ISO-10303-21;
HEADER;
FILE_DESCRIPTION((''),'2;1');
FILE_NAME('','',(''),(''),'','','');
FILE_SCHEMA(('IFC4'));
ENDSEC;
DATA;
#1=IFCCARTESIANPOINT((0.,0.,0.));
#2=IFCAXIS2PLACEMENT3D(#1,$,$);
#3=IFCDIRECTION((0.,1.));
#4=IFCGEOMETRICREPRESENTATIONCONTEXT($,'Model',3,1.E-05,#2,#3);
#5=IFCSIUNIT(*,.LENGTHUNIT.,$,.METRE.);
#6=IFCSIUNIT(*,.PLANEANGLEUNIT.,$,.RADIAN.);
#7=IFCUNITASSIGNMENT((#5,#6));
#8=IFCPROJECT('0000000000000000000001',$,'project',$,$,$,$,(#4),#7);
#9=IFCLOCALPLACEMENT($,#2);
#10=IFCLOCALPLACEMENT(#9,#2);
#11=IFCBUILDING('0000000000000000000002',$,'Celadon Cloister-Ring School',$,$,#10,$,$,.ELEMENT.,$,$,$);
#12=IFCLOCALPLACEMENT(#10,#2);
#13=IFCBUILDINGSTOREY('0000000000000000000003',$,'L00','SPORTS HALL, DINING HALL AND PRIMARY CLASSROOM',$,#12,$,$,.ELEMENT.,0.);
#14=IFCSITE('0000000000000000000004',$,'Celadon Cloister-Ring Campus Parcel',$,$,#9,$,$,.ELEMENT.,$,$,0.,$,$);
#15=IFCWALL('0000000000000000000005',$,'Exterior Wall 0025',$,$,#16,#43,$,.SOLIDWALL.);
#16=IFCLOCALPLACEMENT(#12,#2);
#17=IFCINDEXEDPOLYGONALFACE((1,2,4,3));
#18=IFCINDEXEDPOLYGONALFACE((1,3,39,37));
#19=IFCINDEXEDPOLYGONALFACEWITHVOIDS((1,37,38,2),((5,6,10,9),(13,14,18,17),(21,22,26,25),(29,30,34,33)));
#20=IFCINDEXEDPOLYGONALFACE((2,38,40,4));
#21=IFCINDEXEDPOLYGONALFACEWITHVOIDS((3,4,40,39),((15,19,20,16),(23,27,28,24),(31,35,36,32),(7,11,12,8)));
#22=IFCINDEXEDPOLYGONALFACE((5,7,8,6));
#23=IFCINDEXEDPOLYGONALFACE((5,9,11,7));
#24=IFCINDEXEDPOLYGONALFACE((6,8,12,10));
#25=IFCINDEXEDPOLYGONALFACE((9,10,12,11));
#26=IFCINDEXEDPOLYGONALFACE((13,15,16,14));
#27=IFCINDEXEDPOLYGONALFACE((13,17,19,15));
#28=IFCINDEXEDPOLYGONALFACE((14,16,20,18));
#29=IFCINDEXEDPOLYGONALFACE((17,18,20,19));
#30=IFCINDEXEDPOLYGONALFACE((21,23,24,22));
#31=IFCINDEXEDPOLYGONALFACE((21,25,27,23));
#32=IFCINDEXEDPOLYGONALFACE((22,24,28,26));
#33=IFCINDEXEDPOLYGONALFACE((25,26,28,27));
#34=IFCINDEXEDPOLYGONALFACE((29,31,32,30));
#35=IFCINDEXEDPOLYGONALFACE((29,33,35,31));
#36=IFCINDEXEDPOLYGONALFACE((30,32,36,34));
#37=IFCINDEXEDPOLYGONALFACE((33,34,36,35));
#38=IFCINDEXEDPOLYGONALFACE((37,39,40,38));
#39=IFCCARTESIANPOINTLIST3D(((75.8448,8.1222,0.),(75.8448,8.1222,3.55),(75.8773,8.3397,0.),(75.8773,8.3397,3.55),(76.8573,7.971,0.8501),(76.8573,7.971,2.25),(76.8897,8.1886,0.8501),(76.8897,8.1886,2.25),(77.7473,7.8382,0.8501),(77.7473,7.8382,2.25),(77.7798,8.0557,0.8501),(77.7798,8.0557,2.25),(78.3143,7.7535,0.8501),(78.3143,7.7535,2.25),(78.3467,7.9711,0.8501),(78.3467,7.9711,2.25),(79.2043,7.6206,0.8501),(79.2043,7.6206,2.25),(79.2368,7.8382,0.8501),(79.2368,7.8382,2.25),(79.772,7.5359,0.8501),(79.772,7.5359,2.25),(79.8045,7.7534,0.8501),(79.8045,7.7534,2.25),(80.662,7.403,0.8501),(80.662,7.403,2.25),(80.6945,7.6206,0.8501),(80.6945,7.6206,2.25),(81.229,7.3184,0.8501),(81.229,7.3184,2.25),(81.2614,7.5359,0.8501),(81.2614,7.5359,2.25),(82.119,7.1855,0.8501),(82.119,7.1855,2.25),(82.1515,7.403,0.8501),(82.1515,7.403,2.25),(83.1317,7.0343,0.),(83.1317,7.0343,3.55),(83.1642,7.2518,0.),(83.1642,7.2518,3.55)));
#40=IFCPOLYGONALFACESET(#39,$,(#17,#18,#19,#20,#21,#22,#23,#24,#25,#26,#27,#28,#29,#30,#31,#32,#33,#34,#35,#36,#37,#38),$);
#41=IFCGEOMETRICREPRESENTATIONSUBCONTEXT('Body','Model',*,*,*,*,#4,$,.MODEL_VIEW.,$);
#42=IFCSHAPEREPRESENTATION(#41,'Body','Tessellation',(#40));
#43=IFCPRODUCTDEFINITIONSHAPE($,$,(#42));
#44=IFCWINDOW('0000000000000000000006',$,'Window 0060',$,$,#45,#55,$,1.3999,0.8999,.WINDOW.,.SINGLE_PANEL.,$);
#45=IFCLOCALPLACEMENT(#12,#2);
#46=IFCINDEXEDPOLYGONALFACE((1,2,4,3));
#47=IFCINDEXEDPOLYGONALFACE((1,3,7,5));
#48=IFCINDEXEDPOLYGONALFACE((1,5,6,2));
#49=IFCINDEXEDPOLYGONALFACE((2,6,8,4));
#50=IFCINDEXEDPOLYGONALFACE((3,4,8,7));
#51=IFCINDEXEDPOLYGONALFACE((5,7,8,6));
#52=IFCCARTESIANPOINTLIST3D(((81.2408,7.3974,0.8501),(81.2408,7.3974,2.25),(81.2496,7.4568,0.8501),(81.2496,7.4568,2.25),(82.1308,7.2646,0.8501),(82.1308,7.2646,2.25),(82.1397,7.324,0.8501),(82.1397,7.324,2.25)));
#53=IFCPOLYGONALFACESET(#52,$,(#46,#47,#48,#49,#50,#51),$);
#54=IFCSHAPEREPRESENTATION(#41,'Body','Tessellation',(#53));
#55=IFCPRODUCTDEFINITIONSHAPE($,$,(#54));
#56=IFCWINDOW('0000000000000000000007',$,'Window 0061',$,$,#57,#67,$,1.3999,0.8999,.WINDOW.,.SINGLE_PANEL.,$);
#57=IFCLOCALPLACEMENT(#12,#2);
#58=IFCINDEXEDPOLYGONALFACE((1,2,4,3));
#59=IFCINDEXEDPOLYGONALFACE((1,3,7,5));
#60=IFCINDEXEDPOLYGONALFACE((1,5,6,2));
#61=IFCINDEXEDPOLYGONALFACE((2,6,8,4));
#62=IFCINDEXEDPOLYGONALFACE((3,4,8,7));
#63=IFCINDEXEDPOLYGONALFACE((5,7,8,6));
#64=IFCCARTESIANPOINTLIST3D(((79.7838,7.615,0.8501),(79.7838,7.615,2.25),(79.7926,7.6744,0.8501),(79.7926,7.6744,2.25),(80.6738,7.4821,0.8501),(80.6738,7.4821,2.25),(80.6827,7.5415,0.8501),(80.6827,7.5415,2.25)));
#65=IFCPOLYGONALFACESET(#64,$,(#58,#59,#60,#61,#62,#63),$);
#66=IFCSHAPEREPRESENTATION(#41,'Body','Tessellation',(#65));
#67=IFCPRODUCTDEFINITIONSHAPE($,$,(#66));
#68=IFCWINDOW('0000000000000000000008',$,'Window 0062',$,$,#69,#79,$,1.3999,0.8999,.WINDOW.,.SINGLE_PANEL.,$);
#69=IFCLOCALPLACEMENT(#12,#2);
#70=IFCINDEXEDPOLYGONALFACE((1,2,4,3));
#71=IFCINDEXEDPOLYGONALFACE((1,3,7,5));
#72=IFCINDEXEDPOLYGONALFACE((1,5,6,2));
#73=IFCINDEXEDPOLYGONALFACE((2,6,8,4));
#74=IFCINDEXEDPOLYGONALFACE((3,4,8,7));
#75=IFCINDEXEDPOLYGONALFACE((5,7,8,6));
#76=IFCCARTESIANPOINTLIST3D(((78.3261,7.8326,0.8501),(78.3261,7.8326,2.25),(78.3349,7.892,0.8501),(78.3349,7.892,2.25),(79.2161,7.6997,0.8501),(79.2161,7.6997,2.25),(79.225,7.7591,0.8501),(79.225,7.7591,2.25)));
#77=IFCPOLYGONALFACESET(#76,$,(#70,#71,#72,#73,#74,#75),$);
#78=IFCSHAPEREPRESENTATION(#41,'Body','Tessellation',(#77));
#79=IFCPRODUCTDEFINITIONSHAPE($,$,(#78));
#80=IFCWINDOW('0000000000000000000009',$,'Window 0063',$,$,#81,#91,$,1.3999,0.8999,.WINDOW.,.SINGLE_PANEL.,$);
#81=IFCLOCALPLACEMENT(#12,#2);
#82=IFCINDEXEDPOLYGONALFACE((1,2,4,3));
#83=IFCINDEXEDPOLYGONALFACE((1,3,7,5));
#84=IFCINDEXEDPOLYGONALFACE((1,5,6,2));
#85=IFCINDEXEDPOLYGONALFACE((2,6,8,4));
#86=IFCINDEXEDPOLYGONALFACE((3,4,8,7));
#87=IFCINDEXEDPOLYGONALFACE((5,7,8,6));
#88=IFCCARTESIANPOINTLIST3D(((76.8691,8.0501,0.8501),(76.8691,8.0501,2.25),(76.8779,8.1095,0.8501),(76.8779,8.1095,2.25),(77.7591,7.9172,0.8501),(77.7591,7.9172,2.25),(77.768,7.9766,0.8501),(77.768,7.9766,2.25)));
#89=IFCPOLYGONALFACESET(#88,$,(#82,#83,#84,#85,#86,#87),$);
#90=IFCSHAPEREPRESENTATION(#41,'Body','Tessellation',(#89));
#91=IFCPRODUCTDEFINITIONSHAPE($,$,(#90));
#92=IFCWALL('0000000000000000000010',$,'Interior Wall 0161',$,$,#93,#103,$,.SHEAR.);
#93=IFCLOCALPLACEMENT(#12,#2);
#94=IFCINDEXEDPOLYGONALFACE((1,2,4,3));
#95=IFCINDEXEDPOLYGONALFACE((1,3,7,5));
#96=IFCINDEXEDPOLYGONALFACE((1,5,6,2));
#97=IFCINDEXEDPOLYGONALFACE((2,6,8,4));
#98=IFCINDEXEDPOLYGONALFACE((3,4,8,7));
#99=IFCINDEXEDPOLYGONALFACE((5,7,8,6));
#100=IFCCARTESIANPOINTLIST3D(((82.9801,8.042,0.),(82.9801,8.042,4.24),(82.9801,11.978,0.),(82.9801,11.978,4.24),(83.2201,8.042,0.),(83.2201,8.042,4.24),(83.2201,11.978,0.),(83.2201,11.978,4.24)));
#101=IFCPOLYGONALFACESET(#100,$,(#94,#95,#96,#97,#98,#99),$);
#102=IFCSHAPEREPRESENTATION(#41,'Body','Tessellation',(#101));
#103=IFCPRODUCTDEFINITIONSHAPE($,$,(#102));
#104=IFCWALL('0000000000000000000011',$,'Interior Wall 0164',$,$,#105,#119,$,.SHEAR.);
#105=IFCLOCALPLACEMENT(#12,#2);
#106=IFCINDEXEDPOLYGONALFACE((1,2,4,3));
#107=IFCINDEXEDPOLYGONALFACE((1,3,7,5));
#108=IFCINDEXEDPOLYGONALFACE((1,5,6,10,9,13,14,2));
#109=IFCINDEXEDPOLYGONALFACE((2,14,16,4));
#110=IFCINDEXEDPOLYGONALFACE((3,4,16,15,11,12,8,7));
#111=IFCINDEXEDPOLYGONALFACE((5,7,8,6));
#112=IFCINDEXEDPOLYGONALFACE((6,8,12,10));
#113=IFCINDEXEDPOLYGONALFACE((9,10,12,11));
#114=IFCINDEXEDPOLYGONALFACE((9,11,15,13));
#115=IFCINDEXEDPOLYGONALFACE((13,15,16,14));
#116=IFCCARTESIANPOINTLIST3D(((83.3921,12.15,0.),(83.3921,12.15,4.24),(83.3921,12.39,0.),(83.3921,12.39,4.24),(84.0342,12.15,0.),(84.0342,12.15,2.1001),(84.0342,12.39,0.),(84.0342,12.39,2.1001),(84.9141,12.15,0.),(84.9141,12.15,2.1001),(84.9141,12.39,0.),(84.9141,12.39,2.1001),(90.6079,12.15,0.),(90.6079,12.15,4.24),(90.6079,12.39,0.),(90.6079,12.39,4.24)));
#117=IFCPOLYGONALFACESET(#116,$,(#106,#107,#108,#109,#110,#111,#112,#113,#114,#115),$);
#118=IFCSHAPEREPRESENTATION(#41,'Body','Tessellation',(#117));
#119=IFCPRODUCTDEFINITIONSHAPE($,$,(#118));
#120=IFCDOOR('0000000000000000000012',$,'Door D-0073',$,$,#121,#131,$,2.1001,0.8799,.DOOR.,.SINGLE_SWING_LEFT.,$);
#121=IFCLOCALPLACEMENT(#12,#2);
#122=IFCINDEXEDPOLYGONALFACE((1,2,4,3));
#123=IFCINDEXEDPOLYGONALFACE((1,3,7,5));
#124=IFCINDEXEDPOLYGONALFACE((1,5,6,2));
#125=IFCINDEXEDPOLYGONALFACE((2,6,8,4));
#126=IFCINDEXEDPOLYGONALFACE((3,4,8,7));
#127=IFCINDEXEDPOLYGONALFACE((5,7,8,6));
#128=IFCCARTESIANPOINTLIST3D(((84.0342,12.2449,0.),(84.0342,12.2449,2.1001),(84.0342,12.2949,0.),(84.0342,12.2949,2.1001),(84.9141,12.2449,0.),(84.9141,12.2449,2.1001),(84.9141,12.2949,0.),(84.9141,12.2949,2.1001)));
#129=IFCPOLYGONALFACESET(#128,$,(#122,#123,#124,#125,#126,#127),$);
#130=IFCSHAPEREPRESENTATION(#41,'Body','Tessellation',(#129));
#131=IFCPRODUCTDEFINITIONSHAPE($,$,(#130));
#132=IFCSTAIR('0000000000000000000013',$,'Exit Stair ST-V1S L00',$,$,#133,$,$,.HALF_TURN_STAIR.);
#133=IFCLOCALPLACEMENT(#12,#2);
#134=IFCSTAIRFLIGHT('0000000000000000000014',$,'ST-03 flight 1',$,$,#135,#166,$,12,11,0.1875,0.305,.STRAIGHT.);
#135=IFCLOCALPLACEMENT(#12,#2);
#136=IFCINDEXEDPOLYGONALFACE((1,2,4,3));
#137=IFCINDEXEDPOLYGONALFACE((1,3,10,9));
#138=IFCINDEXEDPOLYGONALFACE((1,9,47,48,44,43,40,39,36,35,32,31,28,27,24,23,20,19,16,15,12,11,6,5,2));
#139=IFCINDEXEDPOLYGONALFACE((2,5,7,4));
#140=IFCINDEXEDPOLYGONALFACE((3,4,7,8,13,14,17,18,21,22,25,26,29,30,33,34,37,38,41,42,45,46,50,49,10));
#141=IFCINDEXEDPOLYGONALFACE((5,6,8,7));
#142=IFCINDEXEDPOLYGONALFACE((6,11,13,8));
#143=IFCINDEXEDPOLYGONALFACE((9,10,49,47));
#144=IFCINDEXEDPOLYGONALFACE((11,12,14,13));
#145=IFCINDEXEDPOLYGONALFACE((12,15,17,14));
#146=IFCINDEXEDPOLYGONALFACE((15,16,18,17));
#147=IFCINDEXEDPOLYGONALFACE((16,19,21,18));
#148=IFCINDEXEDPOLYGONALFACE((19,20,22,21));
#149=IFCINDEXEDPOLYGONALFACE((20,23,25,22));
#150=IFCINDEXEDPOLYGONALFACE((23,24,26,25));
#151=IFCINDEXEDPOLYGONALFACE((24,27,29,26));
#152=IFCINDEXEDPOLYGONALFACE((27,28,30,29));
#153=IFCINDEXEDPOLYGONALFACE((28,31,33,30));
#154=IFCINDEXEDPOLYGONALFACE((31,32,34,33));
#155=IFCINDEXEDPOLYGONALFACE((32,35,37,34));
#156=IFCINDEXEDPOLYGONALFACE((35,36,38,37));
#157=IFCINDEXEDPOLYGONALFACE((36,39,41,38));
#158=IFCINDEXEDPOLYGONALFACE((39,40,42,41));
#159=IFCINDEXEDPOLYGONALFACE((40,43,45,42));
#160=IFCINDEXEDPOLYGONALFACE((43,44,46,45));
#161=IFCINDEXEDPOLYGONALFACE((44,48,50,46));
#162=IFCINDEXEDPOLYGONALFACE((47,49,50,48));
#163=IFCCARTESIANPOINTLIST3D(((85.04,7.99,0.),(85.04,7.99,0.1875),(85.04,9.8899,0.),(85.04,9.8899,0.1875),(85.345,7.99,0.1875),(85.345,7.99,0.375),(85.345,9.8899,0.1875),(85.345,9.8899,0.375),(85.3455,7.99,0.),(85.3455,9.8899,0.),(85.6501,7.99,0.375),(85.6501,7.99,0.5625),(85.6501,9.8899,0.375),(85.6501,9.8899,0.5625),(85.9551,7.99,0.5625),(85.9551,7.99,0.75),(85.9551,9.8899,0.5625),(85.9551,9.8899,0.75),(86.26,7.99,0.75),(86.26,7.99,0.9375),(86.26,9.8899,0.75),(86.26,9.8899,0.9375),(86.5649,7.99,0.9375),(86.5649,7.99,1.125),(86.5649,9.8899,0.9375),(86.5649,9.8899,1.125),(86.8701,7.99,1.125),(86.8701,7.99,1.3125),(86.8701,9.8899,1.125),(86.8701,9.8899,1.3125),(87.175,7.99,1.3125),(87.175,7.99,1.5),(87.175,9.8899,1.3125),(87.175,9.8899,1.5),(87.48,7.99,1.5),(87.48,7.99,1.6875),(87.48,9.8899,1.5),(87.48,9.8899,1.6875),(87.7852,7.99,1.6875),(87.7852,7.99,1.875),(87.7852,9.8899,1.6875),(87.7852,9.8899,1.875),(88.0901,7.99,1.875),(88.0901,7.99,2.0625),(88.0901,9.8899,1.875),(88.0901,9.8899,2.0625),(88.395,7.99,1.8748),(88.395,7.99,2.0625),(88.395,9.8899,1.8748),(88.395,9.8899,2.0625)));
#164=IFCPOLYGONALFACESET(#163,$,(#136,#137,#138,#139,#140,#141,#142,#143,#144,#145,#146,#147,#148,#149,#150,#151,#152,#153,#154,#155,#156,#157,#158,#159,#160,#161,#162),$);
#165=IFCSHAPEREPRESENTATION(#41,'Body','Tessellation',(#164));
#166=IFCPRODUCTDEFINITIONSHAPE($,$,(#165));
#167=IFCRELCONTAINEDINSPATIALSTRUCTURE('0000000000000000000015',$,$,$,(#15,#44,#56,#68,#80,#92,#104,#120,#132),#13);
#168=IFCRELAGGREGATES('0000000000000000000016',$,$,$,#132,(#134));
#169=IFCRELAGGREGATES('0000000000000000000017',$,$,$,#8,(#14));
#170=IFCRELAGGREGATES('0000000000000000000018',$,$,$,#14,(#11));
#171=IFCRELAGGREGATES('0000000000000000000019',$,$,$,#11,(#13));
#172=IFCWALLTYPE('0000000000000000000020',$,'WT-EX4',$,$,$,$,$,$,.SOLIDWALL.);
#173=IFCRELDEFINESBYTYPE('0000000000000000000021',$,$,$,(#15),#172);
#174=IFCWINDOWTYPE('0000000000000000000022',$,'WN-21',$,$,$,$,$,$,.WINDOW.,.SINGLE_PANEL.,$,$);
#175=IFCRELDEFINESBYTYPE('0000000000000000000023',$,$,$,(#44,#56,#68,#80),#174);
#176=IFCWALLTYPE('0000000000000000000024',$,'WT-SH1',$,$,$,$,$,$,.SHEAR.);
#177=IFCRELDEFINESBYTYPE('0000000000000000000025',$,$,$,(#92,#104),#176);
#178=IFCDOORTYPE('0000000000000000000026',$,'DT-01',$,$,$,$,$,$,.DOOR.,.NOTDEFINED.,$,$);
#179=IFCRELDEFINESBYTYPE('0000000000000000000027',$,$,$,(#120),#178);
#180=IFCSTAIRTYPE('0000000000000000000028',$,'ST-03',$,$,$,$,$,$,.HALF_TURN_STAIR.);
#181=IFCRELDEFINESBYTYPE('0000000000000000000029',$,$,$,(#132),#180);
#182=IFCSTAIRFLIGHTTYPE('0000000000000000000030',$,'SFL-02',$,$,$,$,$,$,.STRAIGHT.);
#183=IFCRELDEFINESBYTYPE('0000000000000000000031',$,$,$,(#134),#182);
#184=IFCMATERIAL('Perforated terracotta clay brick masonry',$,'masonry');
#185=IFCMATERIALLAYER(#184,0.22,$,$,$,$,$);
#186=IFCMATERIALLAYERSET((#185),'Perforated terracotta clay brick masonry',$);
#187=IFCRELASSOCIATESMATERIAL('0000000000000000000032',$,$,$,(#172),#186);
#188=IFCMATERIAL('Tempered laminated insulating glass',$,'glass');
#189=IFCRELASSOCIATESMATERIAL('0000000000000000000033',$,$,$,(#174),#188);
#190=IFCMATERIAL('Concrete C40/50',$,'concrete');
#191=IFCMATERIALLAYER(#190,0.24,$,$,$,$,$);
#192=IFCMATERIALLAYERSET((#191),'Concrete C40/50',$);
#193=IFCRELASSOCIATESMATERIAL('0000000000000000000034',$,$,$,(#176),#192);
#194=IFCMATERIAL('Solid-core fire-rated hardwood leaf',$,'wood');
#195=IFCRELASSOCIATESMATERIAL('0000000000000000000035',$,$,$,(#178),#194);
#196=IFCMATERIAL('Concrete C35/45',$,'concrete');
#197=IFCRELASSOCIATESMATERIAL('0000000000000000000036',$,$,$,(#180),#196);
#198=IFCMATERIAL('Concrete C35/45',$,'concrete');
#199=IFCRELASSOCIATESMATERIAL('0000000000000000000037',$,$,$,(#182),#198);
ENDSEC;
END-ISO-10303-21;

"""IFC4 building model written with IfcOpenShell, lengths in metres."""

from ifc_helpers import new_model, si_unit, direction, frame, frame_2d, origin, place, context, subcontext, project, spatial, polyline, rectangle, outline, extrude, material, layer, layer_set, type_object, element, fill, aggregate, save


model = new_model("IFC4")

# Units and contexts
model_context = context("Model", 3, precision=1e-05, world=origin(), true_north=direction((0.0, 1.0)))
body_context = subcontext(model_context, "Body", "Model", "MODEL_VIEW")
ifc_project = project(units=[si_unit("LENGTHUNIT", "METRE"), si_unit("PLANEANGLEUNIT", "RADIAN")], contexts=[model_context])

# Site, building, storey
site_placement = place(None, origin())
site = spatial("IfcSite", under=ifc_project, at=site_placement, Name="Celadon Cloister-Ring Campus Parcel", CompositionType="ELEMENT", RefElevation=0.0)
building_placement = place(site_placement, origin())
building = spatial("IfcBuilding", under=site, at=building_placement, Name="Celadon Cloister-Ring School", CompositionType="ELEMENT")
storey_placement = place(building_placement, origin())
storey = spatial("IfcBuildingStorey", under=building, at=storey_placement, Name="L00", Description="SPORTS HALL, DINING HALL AND PRIMARY CLASSROOM", CompositionType="ELEMENT", Elevation=0.0)

# Wall, openings, windows
ifc_material_1 = material(Name="Perforated terracotta clay brick masonry", Category="masonry")
ifc_layer_1 = layer(ifc_material_1, 0.22)
ifc_layer_set_1 = layer_set([ifc_layer_1], Name="Perforated terracotta clay brick masonry")
wall_type_1 = type_object("IfcWallType", Name="WT-EX4", PredefinedType="SOLIDWALL", material=ifc_layer_set_1)
wall_1_placement = place(storey_placement, frame((83.1479, 7.1431, 0.0), z_axis=(0.0, 0.0, 1.0), x_axis=(-0.989038, 0.147658, 0.0)))
wall_1 = element("IfcWall", 1, at=wall_1_placement, inside=storey, type_object=wall_type_1, Name="Exterior Wall 0025", PredefinedType="SOLIDWALL", context=body_context, shape_type="SweptSolid", body=[
    extrude(rectangle(XDim=7.3677, YDim=0.22, at=frame_2d((3.6838, 0.0))), origin(), (0.0, 0.0, 1.0), 3.55),
])
opening_1_placement = place(wall_1_placement, frame((1.0239, 0.0, 0.8501)))
opening_1 = element("IfcOpeningElement", 2, at=opening_1_placement, cuts=wall_1, PredefinedType="OPENING", context=body_context, shape_type="SweptSolid", body=[
    extrude(rectangle(XDim=0.8999, YDim=1.3999, at=frame_2d((0.45, 0.7))), frame((0.0, 0.1201, 0.0), z_axis=(0.0, -1.0, 0.0), x_axis=(1.0, 0.0, 0.0)), (0.0, 0.0, 1.0), 0.24),
])
opening_2_placement = place(wall_1_placement, frame((2.4971, 0.0, 0.8501)))
opening_2 = element("IfcOpeningElement", 3, at=opening_2_placement, cuts=wall_1, PredefinedType="OPENING", context=body_context, shape_type="SweptSolid", body=[
    extrude(rectangle(XDim=0.8999, YDim=1.3999, at=frame_2d((0.45, 0.7))), frame((0.0, 0.1201, 0.0), z_axis=(0.0, -1.0, 0.0), x_axis=(1.0, 0.0, 0.0)), (0.0, 0.0, 1.0), 0.24),
])
opening_3_placement = place(wall_1_placement, frame((3.9709, 0.0, 0.8501)))
opening_3 = element("IfcOpeningElement", 4, at=opening_3_placement, cuts=wall_1, PredefinedType="OPENING", context=body_context, shape_type="SweptSolid", body=[
    extrude(rectangle(XDim=0.8999, YDim=1.3999, at=frame_2d((0.45, 0.7))), frame((0.0, 0.1201, 0.0), z_axis=(0.0, -1.0, 0.0), x_axis=(1.0, 0.0, 0.0)), (0.0, 0.0, 1.0), 0.24),
])
opening_4_placement = place(wall_1_placement, frame((5.4441, 0.0, 0.8501)))
opening_4 = element("IfcOpeningElement", 5, at=opening_4_placement, cuts=wall_1, PredefinedType="OPENING", context=body_context, shape_type="SweptSolid", body=[
    extrude(rectangle(XDim=0.8999, YDim=1.3999, at=frame_2d((0.45, 0.7))), frame((0.0, 0.1201, 0.0), z_axis=(0.0, -1.0, 0.0), x_axis=(1.0, 0.0, 0.0)), (0.0, 0.0, 1.0), 0.24),
])
ifc_material_2 = material(Name="Tempered laminated insulating glass", Category="glass")
window_type = type_object("IfcWindowType", Name="WN-21", PartitioningType="SINGLE_PANEL", PredefinedType="WINDOW", material=ifc_material_2)
window_1_placement = place(opening_1_placement, origin())
window_1 = element("IfcWindow", 6, at=window_1_placement, inside=storey, type_object=window_type, Name="Window 0060", OverallHeight=1.3999, OverallWidth=0.8999, PartitioningType="SINGLE_PANEL", PredefinedType="WINDOW", context=body_context, shape_type="SweptSolid", body=[
    extrude(rectangle(XDim=0.8999, YDim=1.3999, at=frame_2d((0.45, 0.7))), frame((0.0, 0.03, 0.0), z_axis=(0.0, -1.0, 0.0), x_axis=(1.0, 0.0, 0.0)), (0.0, 0.0, 1.0), 0.0601),
])
fill(opening_1, window_1)
window_2_placement = place(opening_2_placement, origin())
window_2 = element("IfcWindow", 7, at=window_2_placement, inside=storey, type_object=window_type, Name="Window 0061", OverallHeight=1.3999, OverallWidth=0.8999, PartitioningType="SINGLE_PANEL", PredefinedType="WINDOW", context=body_context, shape_type="SweptSolid", body=[
    extrude(rectangle(XDim=0.8999, YDim=1.3999, at=frame_2d((0.45, 0.7))), frame((0.0, 0.03, 0.0), z_axis=(0.0, -1.0, 0.0), x_axis=(1.0, 0.0, 0.0)), (0.0, 0.0, 1.0), 0.0601),
])
fill(opening_2, window_2)
window_3_placement = place(opening_3_placement, origin())
window_3 = element("IfcWindow", 8, at=window_3_placement, inside=storey, type_object=window_type, Name="Window 0062", OverallHeight=1.3999, OverallWidth=0.8999, PartitioningType="SINGLE_PANEL", PredefinedType="WINDOW", context=body_context, shape_type="SweptSolid", body=[
    extrude(rectangle(XDim=0.8999, YDim=1.3999, at=frame_2d((0.45, 0.7))), frame((0.0, 0.03, 0.0), z_axis=(0.0, -1.0, 0.0), x_axis=(1.0, 0.0, 0.0)), (0.0, 0.0, 1.0), 0.0601),
])
fill(opening_3, window_3)
window_4_placement = place(opening_4_placement, origin())
window_4 = element("IfcWindow", 9, at=window_4_placement, inside=storey, type_object=window_type, Name="Window 0063", OverallHeight=1.3999, OverallWidth=0.8999, PartitioningType="SINGLE_PANEL", PredefinedType="WINDOW", context=body_context, shape_type="SweptSolid", body=[
    extrude(rectangle(XDim=0.8999, YDim=1.3999, at=frame_2d((0.45, 0.7))), frame((0.0, 0.03, 0.0), z_axis=(0.0, -1.0, 0.0), x_axis=(1.0, 0.0, 0.0)), (0.0, 0.0, 1.0), 0.0601),
])
fill(opening_4, window_4)

# Wall
ifc_material_3 = material(Name="Concrete C40/50", Category="concrete")
ifc_layer_2 = layer(ifc_material_3, 0.24)
ifc_layer_set_2 = layer_set([ifc_layer_2], Name="Concrete C40/50")
wall_type_2 = type_object("IfcWallType", Name="WT-SH1", PredefinedType="SHEAR", material=ifc_layer_set_2)
wall_2_placement = place(storey_placement, frame((83.1001, 8.042, 0.0), z_axis=(0.0, 0.0, 1.0), x_axis=(0.0, 1.0, 0.0)))
element("IfcWall", 10, at=wall_2_placement, inside=storey, type_object=wall_type_2, Name="Interior Wall 0161", PredefinedType="SHEAR", context=body_context, shape_type="SweptSolid", body=[
    extrude(rectangle(XDim=3.936, YDim=0.24, at=frame_2d((1.968, 0.0))), origin(), (0.0, 0.0, 1.0), 4.24),
])

# Wall, opening, door
wall_3_placement = place(storey_placement, frame((83.3921, 12.27, 0.0), z_axis=(0.0, 0.0, 1.0), x_axis=(1.0, 0.0, 0.0)))
wall_3 = element("IfcWall", 11, at=wall_3_placement, inside=storey, type_object=wall_type_2, Name="Interior Wall 0164", PredefinedType="SHEAR", context=body_context, shape_type="SweptSolid", body=[
    extrude(rectangle(XDim=7.2158, YDim=0.24, at=frame_2d((3.6079, 0.0))), origin(), (0.0, 0.0, 1.0), 4.24),
])
opening_5_placement = place(wall_3_placement, frame((0.6421, 0.0, 0.0)))
opening_5 = element("IfcOpeningElement", 12, at=opening_5_placement, cuts=wall_3, PredefinedType="OPENING", context=body_context, shape_type="SweptSolid", body=[
    extrude(rectangle(XDim=0.8799, YDim=2.1001, at=frame_2d((0.4399, 1.05))), frame((0.0, 0.1299, 0.0), z_axis=(0.0, -1.0, 0.0), x_axis=(1.0, 0.0, 0.0)), (0.0, 0.0, 1.0), 0.26),
])
ifc_material_4 = material(Name="Solid-core fire-rated hardwood leaf", Category="wood")
door_type = type_object("IfcDoorType", Name="DT-01", OperationType="NOTDEFINED", PredefinedType="DOOR", material=ifc_material_4)
door_placement = place(opening_5_placement, origin())
door = element("IfcDoor", 13, at=door_placement, inside=storey, type_object=door_type, Name="Door D-0073", OperationType="SINGLE_SWING_LEFT", OverallHeight=2.1001, OverallWidth=0.8799, PredefinedType="DOOR", context=body_context, shape_type="SweptSolid", body=[
    extrude(rectangle(XDim=0.8799, YDim=2.1001, at=frame_2d((0.4399, 1.05))), frame((0.0, 0.0249, 0.0), z_axis=(0.0, -1.0, 0.0), x_axis=(1.0, 0.0, 0.0)), (0.0, 0.0, 1.0), 0.05),
])
fill(opening_5, door)

# Stair, stair flight
ifc_material_5 = material(Name="Concrete C35/45", Category="concrete")
stair_type = type_object("IfcStairType", Name="ST-03", PredefinedType="HALF_TURN_STAIR", material=ifc_material_5)
stair_placement = place(storey_placement, origin())
stair = element("IfcStair", 14, at=stair_placement, inside=storey, type_object=stair_type, Name="Exit Stair ST-V1S L00", PredefinedType="HALF_TURN_STAIR")
ifc_material_6 = material(Name="Concrete C35/45", Category="concrete")
stair_flight_type = type_object("IfcStairFlightType", Name="SFL-02", PredefinedType="STRAIGHT", material=ifc_material_6)
stair_flight_placement = place(storey_placement, frame((85.04, 8.9399, 0.0), z_axis=(0.0, 0.0, 1.0), x_axis=(1.0, 0.0, 0.0)))
stair_flight = element("IfcStairFlight", 15, at=stair_flight_placement, type_object=stair_flight_type, Name="ST-03 flight 1", NumberOfRisers=12, NumberOfTreads=11, PredefinedType="STRAIGHT", RiserHeight=0.1875, TreadLength=0.305, context=body_context, shape_type="SweptSolid", body=[
    extrude(outline(polyline([(0.0, 0.0), (0.0, 0.1875), (0.3049, 0.1875), (0.3049, 0.375), (0.6101, 0.375), (0.6101, 0.5625), (0.915, 0.5625), (0.915, 0.75), (1.22, 0.75), (1.22, 0.9375), (1.5249, 0.9375), (1.5249, 1.125), (1.8301, 1.125), (1.8301, 1.3125), (2.135, 1.3125), (2.135, 1.5), (2.4399, 1.5), (2.4399, 1.6875), (2.7451, 1.6875), (2.7451, 1.875), (3.05, 1.875), (3.05, 2.0625), (3.355, 2.0625), (3.355, 2.25), (3.355, 1.8748), (0.3054, 0.0), (0.0, 0.0)])), frame((0.0, 0.95, 0.0), z_axis=(0.0, -1.0, 0.0), x_axis=(1.0, 0.0, 0.0)), (0.0, 0.0, 1.0), 1.8999),
])
aggregate(stair, [stair_flight])

save(model, "model.ifc")
